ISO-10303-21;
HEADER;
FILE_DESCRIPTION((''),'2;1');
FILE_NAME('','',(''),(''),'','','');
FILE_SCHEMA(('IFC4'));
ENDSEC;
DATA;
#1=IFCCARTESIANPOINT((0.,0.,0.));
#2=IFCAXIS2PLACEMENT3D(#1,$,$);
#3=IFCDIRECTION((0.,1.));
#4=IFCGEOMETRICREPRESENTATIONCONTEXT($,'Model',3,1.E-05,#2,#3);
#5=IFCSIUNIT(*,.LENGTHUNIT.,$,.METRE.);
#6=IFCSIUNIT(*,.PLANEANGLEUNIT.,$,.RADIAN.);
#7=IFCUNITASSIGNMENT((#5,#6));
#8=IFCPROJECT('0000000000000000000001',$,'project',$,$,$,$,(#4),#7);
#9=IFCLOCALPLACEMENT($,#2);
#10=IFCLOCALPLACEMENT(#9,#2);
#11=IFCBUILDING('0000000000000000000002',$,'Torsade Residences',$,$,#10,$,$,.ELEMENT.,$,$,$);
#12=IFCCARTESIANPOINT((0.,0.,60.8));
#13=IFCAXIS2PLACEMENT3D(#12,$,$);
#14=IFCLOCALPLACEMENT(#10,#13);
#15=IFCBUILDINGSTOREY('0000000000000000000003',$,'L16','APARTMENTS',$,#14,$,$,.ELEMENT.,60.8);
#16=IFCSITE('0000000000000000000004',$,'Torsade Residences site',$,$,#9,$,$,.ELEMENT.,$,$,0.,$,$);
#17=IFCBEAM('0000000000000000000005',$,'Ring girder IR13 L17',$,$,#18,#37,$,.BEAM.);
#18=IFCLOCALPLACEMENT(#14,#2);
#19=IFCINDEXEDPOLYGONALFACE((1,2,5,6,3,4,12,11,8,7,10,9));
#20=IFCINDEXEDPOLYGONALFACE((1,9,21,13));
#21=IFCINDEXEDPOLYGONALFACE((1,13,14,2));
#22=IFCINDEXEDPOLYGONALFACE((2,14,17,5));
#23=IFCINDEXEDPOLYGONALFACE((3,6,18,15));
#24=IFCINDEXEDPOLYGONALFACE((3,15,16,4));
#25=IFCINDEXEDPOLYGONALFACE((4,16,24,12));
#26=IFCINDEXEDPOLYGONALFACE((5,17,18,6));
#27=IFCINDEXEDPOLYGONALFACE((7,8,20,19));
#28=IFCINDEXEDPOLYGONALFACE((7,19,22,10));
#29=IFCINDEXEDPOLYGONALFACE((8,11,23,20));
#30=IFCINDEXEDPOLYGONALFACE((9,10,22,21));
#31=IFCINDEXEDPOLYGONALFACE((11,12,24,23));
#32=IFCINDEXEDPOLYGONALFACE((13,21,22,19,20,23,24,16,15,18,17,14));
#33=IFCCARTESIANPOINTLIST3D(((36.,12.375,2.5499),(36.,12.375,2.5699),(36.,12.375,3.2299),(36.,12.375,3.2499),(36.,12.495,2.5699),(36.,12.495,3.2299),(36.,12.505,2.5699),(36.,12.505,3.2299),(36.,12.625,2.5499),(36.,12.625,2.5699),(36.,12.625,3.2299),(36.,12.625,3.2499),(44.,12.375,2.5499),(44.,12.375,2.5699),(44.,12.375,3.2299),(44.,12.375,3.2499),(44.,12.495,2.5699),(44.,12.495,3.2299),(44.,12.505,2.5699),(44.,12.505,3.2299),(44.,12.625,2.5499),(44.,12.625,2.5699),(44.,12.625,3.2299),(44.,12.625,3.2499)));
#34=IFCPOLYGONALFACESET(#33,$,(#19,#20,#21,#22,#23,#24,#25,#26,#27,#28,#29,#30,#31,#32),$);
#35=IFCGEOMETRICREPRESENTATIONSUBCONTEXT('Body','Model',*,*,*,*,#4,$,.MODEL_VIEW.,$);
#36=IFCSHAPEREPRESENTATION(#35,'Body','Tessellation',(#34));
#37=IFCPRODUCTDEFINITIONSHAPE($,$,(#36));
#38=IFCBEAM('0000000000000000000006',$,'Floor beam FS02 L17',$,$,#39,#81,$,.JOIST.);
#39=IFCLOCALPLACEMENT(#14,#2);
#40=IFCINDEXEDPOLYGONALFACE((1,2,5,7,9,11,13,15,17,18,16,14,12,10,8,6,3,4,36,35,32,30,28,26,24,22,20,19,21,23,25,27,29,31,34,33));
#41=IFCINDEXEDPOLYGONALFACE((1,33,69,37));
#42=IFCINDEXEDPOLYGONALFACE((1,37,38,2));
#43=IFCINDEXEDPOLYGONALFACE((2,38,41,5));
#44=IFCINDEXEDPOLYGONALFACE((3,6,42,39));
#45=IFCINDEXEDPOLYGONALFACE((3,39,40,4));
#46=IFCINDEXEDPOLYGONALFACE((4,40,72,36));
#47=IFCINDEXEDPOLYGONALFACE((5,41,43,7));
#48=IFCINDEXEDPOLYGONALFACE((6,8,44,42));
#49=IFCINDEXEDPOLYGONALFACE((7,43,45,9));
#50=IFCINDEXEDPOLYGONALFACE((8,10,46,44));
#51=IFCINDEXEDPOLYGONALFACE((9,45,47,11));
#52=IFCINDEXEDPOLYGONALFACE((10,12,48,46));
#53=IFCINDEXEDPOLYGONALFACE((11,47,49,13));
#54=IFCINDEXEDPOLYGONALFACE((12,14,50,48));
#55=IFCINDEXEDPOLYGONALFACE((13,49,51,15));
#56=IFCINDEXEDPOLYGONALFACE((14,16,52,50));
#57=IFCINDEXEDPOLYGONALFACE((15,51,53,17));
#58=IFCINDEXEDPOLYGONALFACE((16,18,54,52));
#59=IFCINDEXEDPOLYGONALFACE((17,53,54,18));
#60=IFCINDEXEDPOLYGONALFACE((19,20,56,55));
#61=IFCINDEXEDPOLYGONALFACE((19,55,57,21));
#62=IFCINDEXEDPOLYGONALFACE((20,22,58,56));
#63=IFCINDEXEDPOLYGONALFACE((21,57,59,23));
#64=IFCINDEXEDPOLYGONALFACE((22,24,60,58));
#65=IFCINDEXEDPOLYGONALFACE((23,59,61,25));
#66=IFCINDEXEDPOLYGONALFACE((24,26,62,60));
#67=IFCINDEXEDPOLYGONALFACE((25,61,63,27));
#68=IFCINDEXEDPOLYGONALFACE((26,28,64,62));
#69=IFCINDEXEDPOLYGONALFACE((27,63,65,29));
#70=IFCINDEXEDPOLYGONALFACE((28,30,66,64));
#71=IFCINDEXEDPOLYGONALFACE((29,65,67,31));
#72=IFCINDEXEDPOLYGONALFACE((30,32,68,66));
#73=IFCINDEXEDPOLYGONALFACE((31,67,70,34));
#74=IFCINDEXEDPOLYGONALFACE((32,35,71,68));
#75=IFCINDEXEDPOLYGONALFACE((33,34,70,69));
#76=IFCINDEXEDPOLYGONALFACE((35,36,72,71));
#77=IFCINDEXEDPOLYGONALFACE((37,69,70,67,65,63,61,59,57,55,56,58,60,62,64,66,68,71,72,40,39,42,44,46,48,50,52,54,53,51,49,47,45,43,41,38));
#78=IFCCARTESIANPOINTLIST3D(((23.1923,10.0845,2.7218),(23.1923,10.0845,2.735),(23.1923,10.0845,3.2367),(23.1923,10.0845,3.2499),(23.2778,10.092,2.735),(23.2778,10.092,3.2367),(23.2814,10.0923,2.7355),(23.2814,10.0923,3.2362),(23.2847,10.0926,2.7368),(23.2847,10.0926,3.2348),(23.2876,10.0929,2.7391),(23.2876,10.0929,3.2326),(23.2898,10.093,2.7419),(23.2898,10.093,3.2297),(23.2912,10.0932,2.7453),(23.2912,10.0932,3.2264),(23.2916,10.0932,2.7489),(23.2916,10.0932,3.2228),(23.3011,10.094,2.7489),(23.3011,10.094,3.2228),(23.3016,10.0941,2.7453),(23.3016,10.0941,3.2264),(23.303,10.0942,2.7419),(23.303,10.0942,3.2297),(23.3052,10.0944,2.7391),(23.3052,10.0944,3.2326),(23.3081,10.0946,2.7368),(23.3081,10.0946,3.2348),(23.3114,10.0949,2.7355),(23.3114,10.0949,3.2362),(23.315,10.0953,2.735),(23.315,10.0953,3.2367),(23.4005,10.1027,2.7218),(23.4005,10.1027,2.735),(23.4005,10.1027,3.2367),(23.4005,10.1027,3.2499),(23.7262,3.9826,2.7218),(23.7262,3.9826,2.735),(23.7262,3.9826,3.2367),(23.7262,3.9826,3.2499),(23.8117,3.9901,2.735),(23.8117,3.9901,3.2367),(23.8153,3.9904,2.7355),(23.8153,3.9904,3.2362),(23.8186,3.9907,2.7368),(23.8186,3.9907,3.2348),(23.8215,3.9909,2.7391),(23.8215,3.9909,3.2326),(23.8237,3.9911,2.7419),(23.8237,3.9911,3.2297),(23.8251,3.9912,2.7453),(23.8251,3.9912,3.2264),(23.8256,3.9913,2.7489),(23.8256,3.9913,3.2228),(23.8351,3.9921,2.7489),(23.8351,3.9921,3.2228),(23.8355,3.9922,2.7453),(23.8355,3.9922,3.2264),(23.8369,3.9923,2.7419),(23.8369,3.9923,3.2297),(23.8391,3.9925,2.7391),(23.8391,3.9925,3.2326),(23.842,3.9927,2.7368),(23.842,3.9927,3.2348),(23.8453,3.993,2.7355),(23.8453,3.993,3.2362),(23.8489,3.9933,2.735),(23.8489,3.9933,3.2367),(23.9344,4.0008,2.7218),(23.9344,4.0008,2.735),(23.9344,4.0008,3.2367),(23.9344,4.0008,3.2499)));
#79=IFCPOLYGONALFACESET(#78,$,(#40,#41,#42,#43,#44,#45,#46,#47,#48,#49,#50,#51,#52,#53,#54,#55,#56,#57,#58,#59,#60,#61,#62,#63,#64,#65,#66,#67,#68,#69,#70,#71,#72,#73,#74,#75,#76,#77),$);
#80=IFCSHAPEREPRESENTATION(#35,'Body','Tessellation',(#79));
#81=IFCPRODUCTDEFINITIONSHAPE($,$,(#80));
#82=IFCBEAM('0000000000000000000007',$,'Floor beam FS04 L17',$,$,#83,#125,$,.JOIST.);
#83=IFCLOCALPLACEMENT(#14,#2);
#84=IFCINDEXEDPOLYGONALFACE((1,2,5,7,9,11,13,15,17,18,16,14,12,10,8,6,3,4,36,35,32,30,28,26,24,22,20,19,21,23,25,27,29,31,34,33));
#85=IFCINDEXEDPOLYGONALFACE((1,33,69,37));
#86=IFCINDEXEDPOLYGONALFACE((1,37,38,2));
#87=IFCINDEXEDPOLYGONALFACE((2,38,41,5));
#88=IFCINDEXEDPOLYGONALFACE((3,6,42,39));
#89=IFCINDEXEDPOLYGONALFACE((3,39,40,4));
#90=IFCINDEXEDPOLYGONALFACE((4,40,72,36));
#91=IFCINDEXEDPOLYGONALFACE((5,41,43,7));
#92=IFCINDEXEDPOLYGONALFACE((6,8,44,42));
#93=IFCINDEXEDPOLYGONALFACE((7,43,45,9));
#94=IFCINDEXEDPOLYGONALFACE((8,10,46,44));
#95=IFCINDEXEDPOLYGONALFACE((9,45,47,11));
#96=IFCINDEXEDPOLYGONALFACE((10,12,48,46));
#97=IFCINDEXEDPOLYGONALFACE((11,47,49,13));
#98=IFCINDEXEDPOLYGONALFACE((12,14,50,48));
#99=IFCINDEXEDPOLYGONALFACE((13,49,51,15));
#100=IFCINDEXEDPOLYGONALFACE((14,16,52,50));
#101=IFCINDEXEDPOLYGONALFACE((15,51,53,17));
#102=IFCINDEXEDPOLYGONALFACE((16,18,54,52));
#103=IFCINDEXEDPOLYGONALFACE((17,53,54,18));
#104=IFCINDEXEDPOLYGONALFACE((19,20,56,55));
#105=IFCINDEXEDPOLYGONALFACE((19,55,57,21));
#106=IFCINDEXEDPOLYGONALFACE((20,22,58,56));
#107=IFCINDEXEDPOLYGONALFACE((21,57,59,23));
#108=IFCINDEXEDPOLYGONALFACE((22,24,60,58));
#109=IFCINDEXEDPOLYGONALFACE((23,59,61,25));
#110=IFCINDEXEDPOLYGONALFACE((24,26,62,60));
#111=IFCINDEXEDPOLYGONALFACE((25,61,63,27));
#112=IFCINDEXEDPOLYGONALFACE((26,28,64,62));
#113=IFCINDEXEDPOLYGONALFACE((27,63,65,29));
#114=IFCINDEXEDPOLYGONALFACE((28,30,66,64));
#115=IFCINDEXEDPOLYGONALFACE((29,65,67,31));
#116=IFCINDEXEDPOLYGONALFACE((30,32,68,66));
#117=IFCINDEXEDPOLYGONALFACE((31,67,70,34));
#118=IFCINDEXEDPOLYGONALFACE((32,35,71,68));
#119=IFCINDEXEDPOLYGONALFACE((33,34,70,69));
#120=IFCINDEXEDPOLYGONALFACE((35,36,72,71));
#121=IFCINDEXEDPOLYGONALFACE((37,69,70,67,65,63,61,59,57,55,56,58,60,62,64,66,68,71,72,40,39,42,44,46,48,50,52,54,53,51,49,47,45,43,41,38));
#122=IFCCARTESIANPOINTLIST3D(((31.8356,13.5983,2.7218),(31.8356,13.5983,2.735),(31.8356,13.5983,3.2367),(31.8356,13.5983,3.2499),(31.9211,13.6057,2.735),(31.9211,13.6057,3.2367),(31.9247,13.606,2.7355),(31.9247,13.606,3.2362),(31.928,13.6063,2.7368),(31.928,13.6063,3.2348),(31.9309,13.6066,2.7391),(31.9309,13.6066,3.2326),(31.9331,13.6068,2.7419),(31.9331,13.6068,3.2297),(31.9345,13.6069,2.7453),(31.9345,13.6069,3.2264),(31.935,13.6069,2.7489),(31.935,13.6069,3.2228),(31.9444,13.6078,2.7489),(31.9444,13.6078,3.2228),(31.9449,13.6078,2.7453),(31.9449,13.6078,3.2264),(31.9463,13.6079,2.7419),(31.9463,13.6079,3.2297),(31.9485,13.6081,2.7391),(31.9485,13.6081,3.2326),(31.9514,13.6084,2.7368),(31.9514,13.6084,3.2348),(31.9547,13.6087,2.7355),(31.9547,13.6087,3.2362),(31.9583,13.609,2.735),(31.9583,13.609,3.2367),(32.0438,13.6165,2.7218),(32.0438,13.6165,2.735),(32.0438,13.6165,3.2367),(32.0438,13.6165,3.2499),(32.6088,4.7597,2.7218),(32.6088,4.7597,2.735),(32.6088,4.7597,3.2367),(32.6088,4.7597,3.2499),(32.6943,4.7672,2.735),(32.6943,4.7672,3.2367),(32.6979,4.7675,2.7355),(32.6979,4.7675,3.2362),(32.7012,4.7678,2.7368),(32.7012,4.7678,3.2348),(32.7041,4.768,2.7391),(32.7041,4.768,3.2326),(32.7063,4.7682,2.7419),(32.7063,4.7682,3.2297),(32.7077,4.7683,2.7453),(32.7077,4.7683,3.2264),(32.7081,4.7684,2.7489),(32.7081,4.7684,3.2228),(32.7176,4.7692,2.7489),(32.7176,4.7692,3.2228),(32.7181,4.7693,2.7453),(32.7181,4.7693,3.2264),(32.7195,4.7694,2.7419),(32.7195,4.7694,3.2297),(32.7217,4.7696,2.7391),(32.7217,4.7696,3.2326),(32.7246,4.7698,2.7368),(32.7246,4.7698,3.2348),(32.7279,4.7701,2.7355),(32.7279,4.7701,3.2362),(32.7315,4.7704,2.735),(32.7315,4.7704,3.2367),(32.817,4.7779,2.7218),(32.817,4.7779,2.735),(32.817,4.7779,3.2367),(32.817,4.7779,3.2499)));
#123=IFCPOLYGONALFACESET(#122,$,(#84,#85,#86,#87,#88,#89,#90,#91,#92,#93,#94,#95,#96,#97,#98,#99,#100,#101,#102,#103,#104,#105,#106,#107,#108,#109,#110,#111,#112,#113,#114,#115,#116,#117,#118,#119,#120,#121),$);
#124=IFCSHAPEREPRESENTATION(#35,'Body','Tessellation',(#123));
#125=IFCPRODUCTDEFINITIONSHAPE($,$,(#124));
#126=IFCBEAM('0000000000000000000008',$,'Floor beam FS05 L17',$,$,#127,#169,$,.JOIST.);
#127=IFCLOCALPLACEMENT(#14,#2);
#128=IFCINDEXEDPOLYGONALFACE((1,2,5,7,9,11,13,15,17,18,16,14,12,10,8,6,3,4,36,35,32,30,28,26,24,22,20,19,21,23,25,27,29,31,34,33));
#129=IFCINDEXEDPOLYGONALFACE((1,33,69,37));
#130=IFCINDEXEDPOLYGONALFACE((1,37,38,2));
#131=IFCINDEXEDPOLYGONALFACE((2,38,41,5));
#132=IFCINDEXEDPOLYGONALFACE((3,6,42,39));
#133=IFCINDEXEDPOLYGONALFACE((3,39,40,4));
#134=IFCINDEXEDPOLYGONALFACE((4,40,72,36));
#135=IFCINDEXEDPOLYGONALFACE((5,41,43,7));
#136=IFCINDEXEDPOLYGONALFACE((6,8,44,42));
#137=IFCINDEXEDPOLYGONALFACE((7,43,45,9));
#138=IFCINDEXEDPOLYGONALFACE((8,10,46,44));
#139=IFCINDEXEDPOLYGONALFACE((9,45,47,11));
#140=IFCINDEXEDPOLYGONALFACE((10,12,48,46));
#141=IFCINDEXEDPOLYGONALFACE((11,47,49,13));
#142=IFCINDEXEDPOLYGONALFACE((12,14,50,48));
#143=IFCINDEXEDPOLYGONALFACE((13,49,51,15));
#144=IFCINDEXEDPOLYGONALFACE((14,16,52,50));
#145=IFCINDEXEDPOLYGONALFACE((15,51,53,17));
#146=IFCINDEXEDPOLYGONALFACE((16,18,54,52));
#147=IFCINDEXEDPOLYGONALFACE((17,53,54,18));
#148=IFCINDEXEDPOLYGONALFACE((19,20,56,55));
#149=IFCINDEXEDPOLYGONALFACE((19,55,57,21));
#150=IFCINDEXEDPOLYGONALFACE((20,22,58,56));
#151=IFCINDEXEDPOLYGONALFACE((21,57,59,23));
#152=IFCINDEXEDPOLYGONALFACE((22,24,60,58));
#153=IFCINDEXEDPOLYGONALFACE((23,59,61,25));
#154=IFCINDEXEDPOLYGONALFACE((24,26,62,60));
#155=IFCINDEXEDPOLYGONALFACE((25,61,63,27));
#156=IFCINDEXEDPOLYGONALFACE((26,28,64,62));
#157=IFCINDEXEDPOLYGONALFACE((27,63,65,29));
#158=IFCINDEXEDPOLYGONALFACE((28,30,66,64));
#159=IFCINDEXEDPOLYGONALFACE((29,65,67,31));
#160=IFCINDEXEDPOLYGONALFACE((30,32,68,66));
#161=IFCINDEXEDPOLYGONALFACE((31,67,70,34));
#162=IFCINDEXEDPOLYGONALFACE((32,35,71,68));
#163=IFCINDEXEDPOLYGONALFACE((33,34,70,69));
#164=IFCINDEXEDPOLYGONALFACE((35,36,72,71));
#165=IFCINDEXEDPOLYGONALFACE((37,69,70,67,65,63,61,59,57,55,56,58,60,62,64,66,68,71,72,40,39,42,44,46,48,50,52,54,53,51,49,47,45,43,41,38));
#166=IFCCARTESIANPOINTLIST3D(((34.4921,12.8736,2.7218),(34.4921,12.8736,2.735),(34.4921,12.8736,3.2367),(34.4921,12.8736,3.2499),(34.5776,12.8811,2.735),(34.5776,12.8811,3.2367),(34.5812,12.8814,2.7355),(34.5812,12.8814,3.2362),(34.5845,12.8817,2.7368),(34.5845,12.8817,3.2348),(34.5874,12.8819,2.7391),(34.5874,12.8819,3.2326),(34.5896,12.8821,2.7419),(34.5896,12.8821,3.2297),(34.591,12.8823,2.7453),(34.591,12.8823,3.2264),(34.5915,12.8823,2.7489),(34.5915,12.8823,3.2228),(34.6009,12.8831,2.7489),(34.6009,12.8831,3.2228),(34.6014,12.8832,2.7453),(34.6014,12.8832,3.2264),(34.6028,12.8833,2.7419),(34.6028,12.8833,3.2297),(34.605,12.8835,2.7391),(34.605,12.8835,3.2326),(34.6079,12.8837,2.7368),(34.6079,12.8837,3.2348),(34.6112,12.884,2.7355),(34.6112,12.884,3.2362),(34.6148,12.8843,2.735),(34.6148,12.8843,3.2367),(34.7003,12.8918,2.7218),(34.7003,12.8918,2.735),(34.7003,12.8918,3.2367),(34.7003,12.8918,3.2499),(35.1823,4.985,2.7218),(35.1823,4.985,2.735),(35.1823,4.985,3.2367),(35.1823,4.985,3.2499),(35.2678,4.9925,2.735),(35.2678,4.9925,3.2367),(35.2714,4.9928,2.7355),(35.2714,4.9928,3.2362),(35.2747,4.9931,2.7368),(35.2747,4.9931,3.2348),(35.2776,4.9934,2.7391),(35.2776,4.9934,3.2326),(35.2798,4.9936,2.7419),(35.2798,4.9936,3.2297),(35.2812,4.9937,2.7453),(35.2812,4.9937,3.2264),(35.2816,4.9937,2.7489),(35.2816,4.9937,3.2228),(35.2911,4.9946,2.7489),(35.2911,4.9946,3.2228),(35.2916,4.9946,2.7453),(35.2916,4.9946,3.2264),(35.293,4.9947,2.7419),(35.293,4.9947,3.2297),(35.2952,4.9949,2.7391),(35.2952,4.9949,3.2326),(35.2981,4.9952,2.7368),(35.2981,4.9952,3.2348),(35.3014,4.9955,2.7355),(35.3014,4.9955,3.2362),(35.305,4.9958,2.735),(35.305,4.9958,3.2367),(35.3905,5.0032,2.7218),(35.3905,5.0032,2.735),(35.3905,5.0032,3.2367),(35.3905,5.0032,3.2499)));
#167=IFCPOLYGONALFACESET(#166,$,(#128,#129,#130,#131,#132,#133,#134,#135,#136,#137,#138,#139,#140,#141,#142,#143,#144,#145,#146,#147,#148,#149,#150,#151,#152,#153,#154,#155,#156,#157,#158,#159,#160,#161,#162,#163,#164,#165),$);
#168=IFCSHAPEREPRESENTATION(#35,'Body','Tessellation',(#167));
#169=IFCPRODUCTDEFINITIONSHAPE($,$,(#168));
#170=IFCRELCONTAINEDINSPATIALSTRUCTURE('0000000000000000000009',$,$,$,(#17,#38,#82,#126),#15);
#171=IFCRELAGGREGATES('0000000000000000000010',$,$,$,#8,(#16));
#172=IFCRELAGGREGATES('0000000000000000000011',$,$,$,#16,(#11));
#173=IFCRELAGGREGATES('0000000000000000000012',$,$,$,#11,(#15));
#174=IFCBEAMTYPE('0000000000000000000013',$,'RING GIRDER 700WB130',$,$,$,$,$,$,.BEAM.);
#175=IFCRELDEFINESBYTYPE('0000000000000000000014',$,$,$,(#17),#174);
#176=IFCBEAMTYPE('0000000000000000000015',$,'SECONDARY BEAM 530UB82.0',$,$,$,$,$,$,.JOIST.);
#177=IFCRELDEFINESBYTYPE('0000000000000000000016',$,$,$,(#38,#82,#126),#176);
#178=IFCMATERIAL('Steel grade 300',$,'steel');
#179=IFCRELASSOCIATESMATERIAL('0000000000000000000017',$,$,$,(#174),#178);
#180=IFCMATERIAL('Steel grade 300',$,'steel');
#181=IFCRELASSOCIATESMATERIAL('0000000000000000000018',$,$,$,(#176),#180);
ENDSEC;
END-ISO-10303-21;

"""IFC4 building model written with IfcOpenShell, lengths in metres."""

from ifc_helpers import new_model, si_unit, direction, frame, origin, origin_2d, place, context, subcontext, project, spatial, i_section, extrude, material, material_profile, profile_set, type_object, element, save


model = new_model("IFC4")

# Units and contexts
model_context = context("Model", 3, precision=1e-05, world=origin(), true_north=direction((0.0, 1.0)))
body_context = subcontext(model_context, "Body", "Model", "MODEL_VIEW")
ifc_project = project(units=[si_unit("LENGTHUNIT", "METRE"), si_unit("PLANEANGLEUNIT", "RADIAN")], contexts=[model_context])

# Site, building, storey
site_placement = place(None, origin())
site = spatial("IfcSite", under=ifc_project, at=site_placement, Name="Torsade Residences site", CompositionType="ELEMENT", RefElevation=0.0)
building_placement = place(site_placement, origin())
building = spatial("IfcBuilding", under=site, at=building_placement, Name="Torsade Residences", CompositionType="ELEMENT")
storey_placement = place(building_placement, frame((0.0, 0.0, 60.8)))
storey = spatial("IfcBuildingStorey", under=building, at=storey_placement, Name="L16", Description="APARTMENTS", CompositionType="ELEMENT", Elevation=60.8)

# Beams
ifc_material_1 = material(Name="Steel grade 300", Category="steel")
ifc_material_profile_1 = material_profile(ifc_material_1, i_section(OverallWidth=0.25, OverallDepth=0.7, WebThickness=0.01, FlangeThickness=0.02, at=origin_2d()), Name="700WB130")
ifc_profile_set_1 = profile_set([ifc_material_profile_1], Name="Steel grade 300")
beam_type_1 = type_object("IfcBeamType", Name="RING GIRDER 700WB130", PredefinedType="BEAM", material=ifc_profile_set_1)
beam_1_placement = place(storey_placement, frame((36.0, 12.5, 2.8999), z_axis=(1.0, 0.0, 0.0), x_axis=(0.0, 1.0, 0.0)))
element("IfcBeam", 1, at=beam_1_placement, inside=storey, type_object=beam_type_1, Name="Ring girder IR13 L17", PredefinedType="BEAM", context=body_context, shape_type="SweptSolid", body=[
    extrude(i_section(OverallWidth=0.25, OverallDepth=0.7, WebThickness=0.01, FlangeThickness=0.02, at=origin_2d()), origin(), (0.0, 0.0, 1.0), 8.0),
])
ifc_material_2 = material(Name="Steel grade 300", Category="steel")
ifc_material_profile_2 = material_profile(ifc_material_2, i_section(OverallWidth=0.209, OverallDepth=0.5281, WebThickness=0.0095, FlangeThickness=0.0132, FilletRadius=0.0139, at=origin_2d()), Name="530UB82.0")
ifc_profile_set_2 = profile_set([ifc_material_profile_2], Name="Steel grade 300")
beam_type_2 = type_object("IfcBeamType", Name="SECONDARY BEAM 530UB82.0", PredefinedType="JOIST", material=ifc_profile_set_2)
beam_2_placement = place(storey_placement, frame((23.8303, 3.9917, 2.9858), z_axis=(-0.087171, 0.996193, 0.0), x_axis=(-0.996193, -0.087171, 0.0)))
element("IfcBeam", 2, at=beam_2_placement, inside=storey, type_object=beam_type_2, Name="Floor beam FS02 L17", PredefinedType="JOIST", context=body_context, shape_type="SweptSolid", body=[
    extrude(i_section(OverallWidth=0.209, OverallDepth=0.5281, WebThickness=0.0095, FlangeThickness=0.0132, FilletRadius=0.0139, at=origin_2d()), origin(), (0.0, 0.0, 1.0), 6.1252),
])
beam_3_placement = place(storey_placement, frame((32.7129, 4.7688, 2.9858), z_axis=(-0.087146, 0.996196, 0.0), x_axis=(-0.996196, -0.087146, 0.0)))
element("IfcBeam", 3, at=beam_3_placement, inside=storey, type_object=beam_type_2, Name="Floor beam FS04 L17", PredefinedType="JOIST", context=body_context, shape_type="SweptSolid", body=[
    extrude(i_section(OverallWidth=0.209, OverallDepth=0.5281, WebThickness=0.0095, FlangeThickness=0.0132, FilletRadius=0.0139, at=origin_2d()), origin(), (0.0, 0.0, 1.0), 8.8723),
])
beam_4_placement = place(storey_placement, frame((35.2864, 4.9941, 2.9858), z_axis=(-0.087158, 0.996195, 0.0), x_axis=(-0.996195, -0.087158, 0.0)))
element("IfcBeam", 4, at=beam_4_placement, inside=storey, type_object=beam_type_2, Name="Floor beam FS05 L17", PredefinedType="JOIST", context=body_context, shape_type="SweptSolid", body=[
    extrude(i_section(OverallWidth=0.209, OverallDepth=0.5281, WebThickness=0.0095, FlangeThickness=0.0132, FilletRadius=0.0139, at=origin_2d()), origin(), (0.0, 0.0, 1.0), 7.9187),
])

save(model, "model.ifc")
